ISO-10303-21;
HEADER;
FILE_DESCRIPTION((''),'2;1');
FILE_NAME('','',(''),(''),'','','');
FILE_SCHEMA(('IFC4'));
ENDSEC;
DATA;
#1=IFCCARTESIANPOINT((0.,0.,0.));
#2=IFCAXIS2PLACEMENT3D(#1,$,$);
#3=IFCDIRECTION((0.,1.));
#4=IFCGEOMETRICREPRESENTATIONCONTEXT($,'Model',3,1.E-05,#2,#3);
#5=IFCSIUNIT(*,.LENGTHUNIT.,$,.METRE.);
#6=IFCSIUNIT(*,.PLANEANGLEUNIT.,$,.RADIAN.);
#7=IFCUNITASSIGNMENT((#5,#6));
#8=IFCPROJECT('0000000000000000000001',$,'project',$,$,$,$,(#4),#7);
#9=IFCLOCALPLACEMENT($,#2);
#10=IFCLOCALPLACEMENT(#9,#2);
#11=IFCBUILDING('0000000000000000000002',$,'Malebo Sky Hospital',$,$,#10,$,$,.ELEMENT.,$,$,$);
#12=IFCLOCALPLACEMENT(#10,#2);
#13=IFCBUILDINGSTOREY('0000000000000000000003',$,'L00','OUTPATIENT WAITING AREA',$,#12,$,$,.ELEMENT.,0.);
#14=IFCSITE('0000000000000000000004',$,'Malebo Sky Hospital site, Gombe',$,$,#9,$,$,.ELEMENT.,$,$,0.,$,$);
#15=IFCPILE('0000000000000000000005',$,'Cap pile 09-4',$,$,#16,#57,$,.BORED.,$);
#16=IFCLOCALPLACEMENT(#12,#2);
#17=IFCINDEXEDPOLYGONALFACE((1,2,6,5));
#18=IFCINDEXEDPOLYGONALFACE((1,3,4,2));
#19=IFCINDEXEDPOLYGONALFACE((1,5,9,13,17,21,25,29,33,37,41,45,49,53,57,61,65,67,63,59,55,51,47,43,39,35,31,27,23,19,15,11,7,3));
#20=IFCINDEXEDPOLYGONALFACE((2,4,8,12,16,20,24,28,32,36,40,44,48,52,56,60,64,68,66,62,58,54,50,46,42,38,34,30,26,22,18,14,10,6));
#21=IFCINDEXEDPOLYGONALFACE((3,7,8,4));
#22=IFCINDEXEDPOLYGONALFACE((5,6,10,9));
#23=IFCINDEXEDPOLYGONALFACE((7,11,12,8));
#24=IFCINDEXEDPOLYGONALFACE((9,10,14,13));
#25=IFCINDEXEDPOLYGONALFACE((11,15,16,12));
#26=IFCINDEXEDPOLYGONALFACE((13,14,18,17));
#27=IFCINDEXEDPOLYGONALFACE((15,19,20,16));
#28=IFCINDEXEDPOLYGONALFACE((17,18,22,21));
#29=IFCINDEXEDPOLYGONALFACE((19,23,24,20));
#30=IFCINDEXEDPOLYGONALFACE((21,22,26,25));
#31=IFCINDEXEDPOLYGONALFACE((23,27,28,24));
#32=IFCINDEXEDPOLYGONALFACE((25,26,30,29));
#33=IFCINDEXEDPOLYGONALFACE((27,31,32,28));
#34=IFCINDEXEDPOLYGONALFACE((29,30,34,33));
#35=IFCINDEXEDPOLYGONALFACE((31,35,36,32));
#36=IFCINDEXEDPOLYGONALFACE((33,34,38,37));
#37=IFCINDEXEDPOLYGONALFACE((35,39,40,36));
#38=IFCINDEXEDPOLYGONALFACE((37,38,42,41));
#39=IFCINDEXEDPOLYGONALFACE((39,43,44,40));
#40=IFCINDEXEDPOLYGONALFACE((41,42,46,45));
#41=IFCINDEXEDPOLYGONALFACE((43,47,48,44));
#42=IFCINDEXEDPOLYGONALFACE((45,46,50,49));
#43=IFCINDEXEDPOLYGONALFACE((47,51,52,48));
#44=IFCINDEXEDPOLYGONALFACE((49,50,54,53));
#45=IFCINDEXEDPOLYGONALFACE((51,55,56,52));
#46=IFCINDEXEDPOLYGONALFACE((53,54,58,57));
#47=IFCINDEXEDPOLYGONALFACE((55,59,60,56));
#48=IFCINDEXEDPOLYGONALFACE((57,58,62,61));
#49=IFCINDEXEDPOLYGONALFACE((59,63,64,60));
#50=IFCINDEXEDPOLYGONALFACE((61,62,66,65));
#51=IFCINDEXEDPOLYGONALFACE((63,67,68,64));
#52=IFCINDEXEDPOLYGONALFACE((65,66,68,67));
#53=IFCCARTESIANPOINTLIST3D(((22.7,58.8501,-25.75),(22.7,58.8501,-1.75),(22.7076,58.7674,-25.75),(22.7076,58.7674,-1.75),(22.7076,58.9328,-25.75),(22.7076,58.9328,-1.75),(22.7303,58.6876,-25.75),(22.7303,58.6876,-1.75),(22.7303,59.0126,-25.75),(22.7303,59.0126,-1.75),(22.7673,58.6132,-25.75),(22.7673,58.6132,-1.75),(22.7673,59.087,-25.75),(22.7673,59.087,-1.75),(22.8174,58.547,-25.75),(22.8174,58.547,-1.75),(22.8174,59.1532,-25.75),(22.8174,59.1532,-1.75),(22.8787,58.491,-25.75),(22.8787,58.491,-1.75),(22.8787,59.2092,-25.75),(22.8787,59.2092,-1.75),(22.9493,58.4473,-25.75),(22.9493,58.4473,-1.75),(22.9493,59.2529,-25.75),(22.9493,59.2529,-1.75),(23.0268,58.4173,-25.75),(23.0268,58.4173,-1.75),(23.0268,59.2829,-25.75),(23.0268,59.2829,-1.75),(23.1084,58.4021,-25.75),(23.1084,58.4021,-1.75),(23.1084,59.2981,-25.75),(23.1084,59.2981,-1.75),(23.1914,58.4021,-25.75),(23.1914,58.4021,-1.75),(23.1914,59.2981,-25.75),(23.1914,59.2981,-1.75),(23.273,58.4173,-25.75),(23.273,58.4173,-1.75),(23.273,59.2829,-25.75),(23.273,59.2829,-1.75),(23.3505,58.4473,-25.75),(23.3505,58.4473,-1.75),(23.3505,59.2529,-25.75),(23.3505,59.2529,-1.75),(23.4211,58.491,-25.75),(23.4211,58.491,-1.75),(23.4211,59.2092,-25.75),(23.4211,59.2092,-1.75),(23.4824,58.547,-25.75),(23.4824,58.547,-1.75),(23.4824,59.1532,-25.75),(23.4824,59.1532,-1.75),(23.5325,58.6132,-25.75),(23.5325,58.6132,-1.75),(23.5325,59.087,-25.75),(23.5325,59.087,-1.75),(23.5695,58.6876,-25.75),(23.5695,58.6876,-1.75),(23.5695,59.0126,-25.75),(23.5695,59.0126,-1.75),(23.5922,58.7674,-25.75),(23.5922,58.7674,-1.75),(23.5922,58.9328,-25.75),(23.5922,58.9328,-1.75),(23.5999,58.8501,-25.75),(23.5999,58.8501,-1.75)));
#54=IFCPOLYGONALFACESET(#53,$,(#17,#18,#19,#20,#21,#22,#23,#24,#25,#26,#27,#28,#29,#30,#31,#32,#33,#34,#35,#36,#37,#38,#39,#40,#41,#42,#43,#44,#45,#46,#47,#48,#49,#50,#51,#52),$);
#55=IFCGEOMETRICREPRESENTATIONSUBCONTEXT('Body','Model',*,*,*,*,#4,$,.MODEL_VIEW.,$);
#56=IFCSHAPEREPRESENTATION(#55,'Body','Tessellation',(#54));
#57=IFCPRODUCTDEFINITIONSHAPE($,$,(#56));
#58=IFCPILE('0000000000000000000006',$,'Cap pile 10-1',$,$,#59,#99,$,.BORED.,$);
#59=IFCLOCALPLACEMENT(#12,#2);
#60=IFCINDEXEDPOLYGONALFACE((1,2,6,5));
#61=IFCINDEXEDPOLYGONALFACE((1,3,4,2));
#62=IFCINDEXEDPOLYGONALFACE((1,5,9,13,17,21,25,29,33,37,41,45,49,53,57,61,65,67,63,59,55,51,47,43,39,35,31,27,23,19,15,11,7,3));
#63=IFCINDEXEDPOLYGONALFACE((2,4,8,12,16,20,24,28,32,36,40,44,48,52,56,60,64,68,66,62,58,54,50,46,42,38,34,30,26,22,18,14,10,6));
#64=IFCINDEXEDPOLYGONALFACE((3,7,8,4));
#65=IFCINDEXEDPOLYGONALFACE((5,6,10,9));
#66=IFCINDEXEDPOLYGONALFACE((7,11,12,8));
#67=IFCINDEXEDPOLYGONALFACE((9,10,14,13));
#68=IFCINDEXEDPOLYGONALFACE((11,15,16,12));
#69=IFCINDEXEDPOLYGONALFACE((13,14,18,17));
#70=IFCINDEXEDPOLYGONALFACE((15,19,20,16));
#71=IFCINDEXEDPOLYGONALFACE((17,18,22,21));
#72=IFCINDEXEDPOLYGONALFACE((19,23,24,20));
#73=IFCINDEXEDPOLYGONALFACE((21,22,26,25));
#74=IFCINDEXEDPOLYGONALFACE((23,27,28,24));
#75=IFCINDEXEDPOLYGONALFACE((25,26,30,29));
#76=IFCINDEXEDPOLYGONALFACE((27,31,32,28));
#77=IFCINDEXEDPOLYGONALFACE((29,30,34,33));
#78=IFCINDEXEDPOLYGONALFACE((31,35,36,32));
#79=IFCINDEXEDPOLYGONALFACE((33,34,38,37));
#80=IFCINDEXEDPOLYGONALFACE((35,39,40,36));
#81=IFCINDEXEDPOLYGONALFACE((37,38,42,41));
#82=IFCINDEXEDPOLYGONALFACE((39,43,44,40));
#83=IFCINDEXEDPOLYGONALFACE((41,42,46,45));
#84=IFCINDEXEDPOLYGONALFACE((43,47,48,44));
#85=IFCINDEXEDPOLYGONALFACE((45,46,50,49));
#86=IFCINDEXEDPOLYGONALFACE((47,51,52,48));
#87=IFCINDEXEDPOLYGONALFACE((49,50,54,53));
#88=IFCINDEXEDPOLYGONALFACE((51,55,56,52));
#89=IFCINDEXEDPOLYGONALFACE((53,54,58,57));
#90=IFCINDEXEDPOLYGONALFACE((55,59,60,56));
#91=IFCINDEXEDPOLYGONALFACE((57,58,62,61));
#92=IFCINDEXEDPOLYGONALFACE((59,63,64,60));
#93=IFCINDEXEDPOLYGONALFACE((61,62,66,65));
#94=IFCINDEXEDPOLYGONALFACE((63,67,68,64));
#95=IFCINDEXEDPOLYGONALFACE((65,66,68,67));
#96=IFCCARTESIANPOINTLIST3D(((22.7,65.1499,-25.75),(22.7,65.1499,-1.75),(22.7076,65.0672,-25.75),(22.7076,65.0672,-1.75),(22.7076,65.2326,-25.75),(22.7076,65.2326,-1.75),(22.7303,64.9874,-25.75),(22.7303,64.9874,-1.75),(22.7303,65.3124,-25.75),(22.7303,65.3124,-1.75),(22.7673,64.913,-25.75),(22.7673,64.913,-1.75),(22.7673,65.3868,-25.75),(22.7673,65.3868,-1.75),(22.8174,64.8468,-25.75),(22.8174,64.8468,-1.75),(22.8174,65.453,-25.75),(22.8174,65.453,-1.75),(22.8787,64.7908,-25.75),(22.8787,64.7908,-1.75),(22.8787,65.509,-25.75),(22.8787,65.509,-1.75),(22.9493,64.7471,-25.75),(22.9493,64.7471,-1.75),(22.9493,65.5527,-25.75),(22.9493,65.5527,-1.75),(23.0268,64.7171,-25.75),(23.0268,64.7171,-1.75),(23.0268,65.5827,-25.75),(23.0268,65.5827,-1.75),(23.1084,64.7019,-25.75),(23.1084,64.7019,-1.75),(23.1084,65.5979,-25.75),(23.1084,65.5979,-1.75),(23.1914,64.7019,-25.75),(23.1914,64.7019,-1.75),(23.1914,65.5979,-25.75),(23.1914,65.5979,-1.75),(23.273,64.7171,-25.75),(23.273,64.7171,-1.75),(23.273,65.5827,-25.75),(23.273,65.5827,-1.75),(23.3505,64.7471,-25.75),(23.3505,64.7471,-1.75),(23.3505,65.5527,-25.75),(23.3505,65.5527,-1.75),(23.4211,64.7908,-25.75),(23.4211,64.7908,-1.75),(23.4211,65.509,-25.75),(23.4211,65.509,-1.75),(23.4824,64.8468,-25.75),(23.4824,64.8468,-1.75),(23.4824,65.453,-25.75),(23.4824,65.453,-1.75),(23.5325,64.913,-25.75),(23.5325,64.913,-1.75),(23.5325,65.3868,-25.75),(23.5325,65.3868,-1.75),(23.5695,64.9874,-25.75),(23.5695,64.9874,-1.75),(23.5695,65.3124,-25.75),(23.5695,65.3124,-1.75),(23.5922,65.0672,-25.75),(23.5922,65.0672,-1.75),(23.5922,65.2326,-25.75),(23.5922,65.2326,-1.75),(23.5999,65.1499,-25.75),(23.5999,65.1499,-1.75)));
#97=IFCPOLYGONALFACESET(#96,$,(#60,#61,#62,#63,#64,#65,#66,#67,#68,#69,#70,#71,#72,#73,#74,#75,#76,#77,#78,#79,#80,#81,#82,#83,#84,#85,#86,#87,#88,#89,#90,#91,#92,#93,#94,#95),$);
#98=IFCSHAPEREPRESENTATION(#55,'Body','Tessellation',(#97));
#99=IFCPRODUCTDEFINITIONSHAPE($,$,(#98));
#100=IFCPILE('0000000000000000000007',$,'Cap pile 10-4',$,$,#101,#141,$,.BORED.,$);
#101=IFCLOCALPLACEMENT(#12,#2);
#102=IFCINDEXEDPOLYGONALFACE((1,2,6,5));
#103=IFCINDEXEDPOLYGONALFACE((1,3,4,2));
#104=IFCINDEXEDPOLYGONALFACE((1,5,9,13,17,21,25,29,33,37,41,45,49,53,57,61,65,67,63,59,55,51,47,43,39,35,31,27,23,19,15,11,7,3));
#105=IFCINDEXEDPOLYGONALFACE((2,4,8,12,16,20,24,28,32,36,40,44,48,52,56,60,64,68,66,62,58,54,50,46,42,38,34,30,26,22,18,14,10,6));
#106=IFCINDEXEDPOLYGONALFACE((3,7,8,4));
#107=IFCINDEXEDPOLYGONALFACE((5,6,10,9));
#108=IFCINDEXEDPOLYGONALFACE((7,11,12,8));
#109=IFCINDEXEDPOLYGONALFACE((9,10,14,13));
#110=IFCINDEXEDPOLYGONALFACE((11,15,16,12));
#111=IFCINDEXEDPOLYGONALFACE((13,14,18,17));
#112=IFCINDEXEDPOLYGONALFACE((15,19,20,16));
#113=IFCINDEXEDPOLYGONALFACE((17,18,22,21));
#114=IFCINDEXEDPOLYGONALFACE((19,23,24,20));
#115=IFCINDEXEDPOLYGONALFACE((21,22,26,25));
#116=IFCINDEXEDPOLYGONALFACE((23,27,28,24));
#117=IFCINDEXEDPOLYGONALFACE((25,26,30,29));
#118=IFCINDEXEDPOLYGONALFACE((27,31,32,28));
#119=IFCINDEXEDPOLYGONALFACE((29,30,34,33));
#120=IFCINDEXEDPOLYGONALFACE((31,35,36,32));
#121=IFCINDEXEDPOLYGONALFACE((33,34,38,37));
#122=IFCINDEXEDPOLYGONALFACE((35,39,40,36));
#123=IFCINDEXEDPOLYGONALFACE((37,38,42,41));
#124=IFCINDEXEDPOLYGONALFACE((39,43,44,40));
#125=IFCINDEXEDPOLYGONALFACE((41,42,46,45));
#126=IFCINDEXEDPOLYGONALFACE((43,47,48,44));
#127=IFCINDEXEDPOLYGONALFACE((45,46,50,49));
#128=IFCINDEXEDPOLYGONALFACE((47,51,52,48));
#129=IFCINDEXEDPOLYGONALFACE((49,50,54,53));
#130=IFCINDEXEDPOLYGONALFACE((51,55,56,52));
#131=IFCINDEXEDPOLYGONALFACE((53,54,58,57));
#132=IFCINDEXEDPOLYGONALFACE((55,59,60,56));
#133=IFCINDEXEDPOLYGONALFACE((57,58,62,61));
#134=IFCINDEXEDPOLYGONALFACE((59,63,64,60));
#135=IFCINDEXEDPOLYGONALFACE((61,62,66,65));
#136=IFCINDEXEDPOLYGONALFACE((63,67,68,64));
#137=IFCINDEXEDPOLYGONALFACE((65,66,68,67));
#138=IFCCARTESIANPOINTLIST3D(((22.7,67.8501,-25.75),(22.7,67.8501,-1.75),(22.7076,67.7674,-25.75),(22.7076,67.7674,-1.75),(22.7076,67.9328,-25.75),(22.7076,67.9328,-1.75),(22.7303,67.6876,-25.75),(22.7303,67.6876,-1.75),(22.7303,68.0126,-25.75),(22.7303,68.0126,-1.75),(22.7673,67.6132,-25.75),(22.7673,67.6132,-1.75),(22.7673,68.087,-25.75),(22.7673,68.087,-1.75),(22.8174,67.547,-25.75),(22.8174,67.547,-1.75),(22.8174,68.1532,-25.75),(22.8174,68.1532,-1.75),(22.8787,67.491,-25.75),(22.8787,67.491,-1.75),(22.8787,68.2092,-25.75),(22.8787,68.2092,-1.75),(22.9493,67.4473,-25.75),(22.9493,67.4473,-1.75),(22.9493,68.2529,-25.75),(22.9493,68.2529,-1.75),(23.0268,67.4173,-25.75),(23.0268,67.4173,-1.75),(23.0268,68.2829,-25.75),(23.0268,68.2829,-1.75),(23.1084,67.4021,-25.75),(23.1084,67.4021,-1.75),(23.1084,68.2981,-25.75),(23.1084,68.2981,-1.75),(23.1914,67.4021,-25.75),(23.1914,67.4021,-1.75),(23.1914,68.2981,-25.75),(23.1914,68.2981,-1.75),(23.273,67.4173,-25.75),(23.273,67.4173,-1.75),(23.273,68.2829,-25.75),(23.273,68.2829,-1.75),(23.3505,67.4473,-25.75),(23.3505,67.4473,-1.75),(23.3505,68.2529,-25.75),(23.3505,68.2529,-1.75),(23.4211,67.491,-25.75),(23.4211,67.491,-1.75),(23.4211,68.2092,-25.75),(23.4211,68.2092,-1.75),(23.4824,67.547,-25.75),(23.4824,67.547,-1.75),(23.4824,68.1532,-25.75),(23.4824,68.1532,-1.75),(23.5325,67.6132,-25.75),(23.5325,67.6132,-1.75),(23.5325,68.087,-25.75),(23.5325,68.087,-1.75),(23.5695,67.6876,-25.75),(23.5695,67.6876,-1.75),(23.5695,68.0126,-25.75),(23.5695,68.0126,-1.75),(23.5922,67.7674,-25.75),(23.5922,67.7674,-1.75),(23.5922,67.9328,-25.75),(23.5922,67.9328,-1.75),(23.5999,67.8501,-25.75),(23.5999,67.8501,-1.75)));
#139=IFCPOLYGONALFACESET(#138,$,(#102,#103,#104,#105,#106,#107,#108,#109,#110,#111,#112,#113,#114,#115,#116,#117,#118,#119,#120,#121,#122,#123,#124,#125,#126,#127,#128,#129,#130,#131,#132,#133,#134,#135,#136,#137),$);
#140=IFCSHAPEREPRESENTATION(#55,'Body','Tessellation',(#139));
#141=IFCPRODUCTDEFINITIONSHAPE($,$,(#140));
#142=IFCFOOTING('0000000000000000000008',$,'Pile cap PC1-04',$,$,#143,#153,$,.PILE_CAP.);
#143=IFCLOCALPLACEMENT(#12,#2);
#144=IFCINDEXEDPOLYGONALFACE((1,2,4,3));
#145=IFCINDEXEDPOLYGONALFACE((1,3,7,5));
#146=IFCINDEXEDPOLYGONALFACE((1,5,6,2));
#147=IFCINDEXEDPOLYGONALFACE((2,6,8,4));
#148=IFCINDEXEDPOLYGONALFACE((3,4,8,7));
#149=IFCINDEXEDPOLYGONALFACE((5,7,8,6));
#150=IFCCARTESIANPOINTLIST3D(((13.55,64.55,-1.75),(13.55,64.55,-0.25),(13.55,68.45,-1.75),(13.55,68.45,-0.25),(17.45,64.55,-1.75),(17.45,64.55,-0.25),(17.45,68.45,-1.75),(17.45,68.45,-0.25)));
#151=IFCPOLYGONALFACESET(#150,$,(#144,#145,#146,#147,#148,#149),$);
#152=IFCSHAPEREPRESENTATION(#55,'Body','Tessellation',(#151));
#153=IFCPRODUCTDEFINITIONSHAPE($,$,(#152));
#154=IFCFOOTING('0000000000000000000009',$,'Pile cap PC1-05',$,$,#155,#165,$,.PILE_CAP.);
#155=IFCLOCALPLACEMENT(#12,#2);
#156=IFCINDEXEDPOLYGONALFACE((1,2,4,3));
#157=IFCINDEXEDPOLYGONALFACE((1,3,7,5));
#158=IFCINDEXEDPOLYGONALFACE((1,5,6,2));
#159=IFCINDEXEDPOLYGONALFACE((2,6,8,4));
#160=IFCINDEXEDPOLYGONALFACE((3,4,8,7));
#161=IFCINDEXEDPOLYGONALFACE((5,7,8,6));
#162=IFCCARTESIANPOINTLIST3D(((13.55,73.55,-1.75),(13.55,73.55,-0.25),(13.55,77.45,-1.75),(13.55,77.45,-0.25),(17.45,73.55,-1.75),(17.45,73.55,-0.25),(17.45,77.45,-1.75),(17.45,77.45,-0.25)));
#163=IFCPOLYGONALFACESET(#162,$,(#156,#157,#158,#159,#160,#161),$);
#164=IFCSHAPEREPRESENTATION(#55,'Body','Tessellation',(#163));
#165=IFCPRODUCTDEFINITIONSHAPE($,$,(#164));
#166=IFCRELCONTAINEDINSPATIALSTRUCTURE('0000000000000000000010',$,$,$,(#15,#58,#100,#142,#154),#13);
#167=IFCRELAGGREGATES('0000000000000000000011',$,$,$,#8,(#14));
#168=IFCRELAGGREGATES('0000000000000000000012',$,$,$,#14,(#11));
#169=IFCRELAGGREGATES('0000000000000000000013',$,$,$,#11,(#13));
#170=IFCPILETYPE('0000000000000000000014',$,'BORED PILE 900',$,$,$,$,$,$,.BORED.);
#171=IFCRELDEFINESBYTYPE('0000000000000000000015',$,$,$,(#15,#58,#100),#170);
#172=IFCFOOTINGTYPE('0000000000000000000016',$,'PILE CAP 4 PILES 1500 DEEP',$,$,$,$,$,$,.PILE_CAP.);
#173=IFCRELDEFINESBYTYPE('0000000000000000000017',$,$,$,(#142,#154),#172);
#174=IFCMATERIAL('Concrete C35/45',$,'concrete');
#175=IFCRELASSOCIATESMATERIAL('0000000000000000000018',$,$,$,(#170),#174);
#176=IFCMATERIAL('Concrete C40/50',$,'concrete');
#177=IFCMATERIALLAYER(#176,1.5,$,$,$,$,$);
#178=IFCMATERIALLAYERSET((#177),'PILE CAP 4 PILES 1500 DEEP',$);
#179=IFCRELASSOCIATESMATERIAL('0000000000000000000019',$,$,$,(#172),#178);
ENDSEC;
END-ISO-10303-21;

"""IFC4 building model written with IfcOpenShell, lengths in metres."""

from ifc_helpers import new_model, si_unit, direction, frame, origin, origin_2d, place, context, subcontext, project, spatial, rectangle, circle, extrude, material, layer, layer_set, material_profile, profile_set, type_object, element, save


model = new_model("IFC4")

# Units and contexts
model_context = context("Model", 3, precision=1e-05, world=origin(), true_north=direction((0.0, 1.0)))
body_context = subcontext(model_context, "Body", "Model", "MODEL_VIEW")
ifc_project = project(units=[si_unit("LENGTHUNIT", "METRE"), si_unit("PLANEANGLEUNIT", "RADIAN")], contexts=[model_context])

# Site, building, storey
site_placement = place(None, origin())
site = spatial("IfcSite", under=ifc_project, at=site_placement, Name="Malebo Sky Hospital site, Gombe", CompositionType="ELEMENT", RefElevation=0.0)
building_placement = place(site_placement, origin())
building = spatial("IfcBuilding", under=site, at=building_placement, Name="Malebo Sky Hospital", CompositionType="ELEMENT")
storey_placement = place(building_placement, origin())
storey = spatial("IfcBuildingStorey", under=building, at=storey_placement, Name="L00", Description="OUTPATIENT WAITING AREA", CompositionType="ELEMENT", Elevation=0.0)

# Piles
ifc_material_1 = material(Name="Concrete C35/45", Category="concrete")
ifc_material_profile_1 = material_profile(ifc_material_1, circle(Radius=0.45, at=origin_2d()), Name="BP 900")
ifc_profile_set_1 = profile_set([ifc_material_profile_1], Name="Concrete C35/45")
pile_type = type_object("IfcPileType", Name="BORED PILE 900", PredefinedType="BORED", material=ifc_profile_set_1)
for number, where, z_axis, x_axis, name in (
    (1, (23.1499, 58.8501, -1.75), (0.0, 0.0, -1.0), (1.0, 0.0, 0.0), "Cap pile 09-4"),
    (2, (23.1499, 65.1499, -1.75), (0.0, 0.0, -1.0), (1.0, 0.0, 0.0), "Cap pile 10-1"),
    (3, (23.1499, 67.8501, -1.75), (0.0, 0.0, -1.0), (1.0, 0.0, 0.0), "Cap pile 10-4"),
):
    element("IfcPile", number, at=place(storey_placement, frame(where, z_axis=z_axis, x_axis=x_axis)), inside=storey, type_object=pile_type, Name=name, PredefinedType="BORED", context=body_context, shape_type="SweptSolid", body=[
        extrude(circle(Radius=0.45, at=origin_2d()), origin(), (0.0, 0.0, 1.0), 24.0),
    ])

# Footings
ifc_material_2 = material(Name="Concrete C40/50", Category="concrete")
ifc_layer_1 = layer(ifc_material_2, 1.5)
ifc_layer_set_1 = layer_set([ifc_layer_1], Name="PILE CAP 4 PILES 1500 DEEP")
footing_type = type_object("IfcFootingType", Name="PILE CAP 4 PILES 1500 DEEP", PredefinedType="PILE_CAP", material=ifc_layer_set_1)
for number, where, z_axis, x_axis, name in (
    (4, (15.5, 66.5, -1.75), (0.0, 0.0, 1.0), (1.0, 0.0, 0.0), "Pile cap PC1-04"),
    (5, (15.5, 75.5, -1.75), (0.0, 0.0, 1.0), (1.0, 0.0, 0.0), "Pile cap PC1-05"),
):
    element("IfcFooting", number, at=place(storey_placement, frame(where, z_axis=z_axis, x_axis=x_axis)), inside=storey, type_object=footing_type, Name=name, PredefinedType="PILE_CAP", context=body_context, shape_type="SweptSolid", body=[
        extrude(rectangle(XDim=3.8999, YDim=3.8999, at=origin_2d()), origin(), (0.0, 0.0, 1.0), 1.5),
    ])

save(model, "model.ifc")
